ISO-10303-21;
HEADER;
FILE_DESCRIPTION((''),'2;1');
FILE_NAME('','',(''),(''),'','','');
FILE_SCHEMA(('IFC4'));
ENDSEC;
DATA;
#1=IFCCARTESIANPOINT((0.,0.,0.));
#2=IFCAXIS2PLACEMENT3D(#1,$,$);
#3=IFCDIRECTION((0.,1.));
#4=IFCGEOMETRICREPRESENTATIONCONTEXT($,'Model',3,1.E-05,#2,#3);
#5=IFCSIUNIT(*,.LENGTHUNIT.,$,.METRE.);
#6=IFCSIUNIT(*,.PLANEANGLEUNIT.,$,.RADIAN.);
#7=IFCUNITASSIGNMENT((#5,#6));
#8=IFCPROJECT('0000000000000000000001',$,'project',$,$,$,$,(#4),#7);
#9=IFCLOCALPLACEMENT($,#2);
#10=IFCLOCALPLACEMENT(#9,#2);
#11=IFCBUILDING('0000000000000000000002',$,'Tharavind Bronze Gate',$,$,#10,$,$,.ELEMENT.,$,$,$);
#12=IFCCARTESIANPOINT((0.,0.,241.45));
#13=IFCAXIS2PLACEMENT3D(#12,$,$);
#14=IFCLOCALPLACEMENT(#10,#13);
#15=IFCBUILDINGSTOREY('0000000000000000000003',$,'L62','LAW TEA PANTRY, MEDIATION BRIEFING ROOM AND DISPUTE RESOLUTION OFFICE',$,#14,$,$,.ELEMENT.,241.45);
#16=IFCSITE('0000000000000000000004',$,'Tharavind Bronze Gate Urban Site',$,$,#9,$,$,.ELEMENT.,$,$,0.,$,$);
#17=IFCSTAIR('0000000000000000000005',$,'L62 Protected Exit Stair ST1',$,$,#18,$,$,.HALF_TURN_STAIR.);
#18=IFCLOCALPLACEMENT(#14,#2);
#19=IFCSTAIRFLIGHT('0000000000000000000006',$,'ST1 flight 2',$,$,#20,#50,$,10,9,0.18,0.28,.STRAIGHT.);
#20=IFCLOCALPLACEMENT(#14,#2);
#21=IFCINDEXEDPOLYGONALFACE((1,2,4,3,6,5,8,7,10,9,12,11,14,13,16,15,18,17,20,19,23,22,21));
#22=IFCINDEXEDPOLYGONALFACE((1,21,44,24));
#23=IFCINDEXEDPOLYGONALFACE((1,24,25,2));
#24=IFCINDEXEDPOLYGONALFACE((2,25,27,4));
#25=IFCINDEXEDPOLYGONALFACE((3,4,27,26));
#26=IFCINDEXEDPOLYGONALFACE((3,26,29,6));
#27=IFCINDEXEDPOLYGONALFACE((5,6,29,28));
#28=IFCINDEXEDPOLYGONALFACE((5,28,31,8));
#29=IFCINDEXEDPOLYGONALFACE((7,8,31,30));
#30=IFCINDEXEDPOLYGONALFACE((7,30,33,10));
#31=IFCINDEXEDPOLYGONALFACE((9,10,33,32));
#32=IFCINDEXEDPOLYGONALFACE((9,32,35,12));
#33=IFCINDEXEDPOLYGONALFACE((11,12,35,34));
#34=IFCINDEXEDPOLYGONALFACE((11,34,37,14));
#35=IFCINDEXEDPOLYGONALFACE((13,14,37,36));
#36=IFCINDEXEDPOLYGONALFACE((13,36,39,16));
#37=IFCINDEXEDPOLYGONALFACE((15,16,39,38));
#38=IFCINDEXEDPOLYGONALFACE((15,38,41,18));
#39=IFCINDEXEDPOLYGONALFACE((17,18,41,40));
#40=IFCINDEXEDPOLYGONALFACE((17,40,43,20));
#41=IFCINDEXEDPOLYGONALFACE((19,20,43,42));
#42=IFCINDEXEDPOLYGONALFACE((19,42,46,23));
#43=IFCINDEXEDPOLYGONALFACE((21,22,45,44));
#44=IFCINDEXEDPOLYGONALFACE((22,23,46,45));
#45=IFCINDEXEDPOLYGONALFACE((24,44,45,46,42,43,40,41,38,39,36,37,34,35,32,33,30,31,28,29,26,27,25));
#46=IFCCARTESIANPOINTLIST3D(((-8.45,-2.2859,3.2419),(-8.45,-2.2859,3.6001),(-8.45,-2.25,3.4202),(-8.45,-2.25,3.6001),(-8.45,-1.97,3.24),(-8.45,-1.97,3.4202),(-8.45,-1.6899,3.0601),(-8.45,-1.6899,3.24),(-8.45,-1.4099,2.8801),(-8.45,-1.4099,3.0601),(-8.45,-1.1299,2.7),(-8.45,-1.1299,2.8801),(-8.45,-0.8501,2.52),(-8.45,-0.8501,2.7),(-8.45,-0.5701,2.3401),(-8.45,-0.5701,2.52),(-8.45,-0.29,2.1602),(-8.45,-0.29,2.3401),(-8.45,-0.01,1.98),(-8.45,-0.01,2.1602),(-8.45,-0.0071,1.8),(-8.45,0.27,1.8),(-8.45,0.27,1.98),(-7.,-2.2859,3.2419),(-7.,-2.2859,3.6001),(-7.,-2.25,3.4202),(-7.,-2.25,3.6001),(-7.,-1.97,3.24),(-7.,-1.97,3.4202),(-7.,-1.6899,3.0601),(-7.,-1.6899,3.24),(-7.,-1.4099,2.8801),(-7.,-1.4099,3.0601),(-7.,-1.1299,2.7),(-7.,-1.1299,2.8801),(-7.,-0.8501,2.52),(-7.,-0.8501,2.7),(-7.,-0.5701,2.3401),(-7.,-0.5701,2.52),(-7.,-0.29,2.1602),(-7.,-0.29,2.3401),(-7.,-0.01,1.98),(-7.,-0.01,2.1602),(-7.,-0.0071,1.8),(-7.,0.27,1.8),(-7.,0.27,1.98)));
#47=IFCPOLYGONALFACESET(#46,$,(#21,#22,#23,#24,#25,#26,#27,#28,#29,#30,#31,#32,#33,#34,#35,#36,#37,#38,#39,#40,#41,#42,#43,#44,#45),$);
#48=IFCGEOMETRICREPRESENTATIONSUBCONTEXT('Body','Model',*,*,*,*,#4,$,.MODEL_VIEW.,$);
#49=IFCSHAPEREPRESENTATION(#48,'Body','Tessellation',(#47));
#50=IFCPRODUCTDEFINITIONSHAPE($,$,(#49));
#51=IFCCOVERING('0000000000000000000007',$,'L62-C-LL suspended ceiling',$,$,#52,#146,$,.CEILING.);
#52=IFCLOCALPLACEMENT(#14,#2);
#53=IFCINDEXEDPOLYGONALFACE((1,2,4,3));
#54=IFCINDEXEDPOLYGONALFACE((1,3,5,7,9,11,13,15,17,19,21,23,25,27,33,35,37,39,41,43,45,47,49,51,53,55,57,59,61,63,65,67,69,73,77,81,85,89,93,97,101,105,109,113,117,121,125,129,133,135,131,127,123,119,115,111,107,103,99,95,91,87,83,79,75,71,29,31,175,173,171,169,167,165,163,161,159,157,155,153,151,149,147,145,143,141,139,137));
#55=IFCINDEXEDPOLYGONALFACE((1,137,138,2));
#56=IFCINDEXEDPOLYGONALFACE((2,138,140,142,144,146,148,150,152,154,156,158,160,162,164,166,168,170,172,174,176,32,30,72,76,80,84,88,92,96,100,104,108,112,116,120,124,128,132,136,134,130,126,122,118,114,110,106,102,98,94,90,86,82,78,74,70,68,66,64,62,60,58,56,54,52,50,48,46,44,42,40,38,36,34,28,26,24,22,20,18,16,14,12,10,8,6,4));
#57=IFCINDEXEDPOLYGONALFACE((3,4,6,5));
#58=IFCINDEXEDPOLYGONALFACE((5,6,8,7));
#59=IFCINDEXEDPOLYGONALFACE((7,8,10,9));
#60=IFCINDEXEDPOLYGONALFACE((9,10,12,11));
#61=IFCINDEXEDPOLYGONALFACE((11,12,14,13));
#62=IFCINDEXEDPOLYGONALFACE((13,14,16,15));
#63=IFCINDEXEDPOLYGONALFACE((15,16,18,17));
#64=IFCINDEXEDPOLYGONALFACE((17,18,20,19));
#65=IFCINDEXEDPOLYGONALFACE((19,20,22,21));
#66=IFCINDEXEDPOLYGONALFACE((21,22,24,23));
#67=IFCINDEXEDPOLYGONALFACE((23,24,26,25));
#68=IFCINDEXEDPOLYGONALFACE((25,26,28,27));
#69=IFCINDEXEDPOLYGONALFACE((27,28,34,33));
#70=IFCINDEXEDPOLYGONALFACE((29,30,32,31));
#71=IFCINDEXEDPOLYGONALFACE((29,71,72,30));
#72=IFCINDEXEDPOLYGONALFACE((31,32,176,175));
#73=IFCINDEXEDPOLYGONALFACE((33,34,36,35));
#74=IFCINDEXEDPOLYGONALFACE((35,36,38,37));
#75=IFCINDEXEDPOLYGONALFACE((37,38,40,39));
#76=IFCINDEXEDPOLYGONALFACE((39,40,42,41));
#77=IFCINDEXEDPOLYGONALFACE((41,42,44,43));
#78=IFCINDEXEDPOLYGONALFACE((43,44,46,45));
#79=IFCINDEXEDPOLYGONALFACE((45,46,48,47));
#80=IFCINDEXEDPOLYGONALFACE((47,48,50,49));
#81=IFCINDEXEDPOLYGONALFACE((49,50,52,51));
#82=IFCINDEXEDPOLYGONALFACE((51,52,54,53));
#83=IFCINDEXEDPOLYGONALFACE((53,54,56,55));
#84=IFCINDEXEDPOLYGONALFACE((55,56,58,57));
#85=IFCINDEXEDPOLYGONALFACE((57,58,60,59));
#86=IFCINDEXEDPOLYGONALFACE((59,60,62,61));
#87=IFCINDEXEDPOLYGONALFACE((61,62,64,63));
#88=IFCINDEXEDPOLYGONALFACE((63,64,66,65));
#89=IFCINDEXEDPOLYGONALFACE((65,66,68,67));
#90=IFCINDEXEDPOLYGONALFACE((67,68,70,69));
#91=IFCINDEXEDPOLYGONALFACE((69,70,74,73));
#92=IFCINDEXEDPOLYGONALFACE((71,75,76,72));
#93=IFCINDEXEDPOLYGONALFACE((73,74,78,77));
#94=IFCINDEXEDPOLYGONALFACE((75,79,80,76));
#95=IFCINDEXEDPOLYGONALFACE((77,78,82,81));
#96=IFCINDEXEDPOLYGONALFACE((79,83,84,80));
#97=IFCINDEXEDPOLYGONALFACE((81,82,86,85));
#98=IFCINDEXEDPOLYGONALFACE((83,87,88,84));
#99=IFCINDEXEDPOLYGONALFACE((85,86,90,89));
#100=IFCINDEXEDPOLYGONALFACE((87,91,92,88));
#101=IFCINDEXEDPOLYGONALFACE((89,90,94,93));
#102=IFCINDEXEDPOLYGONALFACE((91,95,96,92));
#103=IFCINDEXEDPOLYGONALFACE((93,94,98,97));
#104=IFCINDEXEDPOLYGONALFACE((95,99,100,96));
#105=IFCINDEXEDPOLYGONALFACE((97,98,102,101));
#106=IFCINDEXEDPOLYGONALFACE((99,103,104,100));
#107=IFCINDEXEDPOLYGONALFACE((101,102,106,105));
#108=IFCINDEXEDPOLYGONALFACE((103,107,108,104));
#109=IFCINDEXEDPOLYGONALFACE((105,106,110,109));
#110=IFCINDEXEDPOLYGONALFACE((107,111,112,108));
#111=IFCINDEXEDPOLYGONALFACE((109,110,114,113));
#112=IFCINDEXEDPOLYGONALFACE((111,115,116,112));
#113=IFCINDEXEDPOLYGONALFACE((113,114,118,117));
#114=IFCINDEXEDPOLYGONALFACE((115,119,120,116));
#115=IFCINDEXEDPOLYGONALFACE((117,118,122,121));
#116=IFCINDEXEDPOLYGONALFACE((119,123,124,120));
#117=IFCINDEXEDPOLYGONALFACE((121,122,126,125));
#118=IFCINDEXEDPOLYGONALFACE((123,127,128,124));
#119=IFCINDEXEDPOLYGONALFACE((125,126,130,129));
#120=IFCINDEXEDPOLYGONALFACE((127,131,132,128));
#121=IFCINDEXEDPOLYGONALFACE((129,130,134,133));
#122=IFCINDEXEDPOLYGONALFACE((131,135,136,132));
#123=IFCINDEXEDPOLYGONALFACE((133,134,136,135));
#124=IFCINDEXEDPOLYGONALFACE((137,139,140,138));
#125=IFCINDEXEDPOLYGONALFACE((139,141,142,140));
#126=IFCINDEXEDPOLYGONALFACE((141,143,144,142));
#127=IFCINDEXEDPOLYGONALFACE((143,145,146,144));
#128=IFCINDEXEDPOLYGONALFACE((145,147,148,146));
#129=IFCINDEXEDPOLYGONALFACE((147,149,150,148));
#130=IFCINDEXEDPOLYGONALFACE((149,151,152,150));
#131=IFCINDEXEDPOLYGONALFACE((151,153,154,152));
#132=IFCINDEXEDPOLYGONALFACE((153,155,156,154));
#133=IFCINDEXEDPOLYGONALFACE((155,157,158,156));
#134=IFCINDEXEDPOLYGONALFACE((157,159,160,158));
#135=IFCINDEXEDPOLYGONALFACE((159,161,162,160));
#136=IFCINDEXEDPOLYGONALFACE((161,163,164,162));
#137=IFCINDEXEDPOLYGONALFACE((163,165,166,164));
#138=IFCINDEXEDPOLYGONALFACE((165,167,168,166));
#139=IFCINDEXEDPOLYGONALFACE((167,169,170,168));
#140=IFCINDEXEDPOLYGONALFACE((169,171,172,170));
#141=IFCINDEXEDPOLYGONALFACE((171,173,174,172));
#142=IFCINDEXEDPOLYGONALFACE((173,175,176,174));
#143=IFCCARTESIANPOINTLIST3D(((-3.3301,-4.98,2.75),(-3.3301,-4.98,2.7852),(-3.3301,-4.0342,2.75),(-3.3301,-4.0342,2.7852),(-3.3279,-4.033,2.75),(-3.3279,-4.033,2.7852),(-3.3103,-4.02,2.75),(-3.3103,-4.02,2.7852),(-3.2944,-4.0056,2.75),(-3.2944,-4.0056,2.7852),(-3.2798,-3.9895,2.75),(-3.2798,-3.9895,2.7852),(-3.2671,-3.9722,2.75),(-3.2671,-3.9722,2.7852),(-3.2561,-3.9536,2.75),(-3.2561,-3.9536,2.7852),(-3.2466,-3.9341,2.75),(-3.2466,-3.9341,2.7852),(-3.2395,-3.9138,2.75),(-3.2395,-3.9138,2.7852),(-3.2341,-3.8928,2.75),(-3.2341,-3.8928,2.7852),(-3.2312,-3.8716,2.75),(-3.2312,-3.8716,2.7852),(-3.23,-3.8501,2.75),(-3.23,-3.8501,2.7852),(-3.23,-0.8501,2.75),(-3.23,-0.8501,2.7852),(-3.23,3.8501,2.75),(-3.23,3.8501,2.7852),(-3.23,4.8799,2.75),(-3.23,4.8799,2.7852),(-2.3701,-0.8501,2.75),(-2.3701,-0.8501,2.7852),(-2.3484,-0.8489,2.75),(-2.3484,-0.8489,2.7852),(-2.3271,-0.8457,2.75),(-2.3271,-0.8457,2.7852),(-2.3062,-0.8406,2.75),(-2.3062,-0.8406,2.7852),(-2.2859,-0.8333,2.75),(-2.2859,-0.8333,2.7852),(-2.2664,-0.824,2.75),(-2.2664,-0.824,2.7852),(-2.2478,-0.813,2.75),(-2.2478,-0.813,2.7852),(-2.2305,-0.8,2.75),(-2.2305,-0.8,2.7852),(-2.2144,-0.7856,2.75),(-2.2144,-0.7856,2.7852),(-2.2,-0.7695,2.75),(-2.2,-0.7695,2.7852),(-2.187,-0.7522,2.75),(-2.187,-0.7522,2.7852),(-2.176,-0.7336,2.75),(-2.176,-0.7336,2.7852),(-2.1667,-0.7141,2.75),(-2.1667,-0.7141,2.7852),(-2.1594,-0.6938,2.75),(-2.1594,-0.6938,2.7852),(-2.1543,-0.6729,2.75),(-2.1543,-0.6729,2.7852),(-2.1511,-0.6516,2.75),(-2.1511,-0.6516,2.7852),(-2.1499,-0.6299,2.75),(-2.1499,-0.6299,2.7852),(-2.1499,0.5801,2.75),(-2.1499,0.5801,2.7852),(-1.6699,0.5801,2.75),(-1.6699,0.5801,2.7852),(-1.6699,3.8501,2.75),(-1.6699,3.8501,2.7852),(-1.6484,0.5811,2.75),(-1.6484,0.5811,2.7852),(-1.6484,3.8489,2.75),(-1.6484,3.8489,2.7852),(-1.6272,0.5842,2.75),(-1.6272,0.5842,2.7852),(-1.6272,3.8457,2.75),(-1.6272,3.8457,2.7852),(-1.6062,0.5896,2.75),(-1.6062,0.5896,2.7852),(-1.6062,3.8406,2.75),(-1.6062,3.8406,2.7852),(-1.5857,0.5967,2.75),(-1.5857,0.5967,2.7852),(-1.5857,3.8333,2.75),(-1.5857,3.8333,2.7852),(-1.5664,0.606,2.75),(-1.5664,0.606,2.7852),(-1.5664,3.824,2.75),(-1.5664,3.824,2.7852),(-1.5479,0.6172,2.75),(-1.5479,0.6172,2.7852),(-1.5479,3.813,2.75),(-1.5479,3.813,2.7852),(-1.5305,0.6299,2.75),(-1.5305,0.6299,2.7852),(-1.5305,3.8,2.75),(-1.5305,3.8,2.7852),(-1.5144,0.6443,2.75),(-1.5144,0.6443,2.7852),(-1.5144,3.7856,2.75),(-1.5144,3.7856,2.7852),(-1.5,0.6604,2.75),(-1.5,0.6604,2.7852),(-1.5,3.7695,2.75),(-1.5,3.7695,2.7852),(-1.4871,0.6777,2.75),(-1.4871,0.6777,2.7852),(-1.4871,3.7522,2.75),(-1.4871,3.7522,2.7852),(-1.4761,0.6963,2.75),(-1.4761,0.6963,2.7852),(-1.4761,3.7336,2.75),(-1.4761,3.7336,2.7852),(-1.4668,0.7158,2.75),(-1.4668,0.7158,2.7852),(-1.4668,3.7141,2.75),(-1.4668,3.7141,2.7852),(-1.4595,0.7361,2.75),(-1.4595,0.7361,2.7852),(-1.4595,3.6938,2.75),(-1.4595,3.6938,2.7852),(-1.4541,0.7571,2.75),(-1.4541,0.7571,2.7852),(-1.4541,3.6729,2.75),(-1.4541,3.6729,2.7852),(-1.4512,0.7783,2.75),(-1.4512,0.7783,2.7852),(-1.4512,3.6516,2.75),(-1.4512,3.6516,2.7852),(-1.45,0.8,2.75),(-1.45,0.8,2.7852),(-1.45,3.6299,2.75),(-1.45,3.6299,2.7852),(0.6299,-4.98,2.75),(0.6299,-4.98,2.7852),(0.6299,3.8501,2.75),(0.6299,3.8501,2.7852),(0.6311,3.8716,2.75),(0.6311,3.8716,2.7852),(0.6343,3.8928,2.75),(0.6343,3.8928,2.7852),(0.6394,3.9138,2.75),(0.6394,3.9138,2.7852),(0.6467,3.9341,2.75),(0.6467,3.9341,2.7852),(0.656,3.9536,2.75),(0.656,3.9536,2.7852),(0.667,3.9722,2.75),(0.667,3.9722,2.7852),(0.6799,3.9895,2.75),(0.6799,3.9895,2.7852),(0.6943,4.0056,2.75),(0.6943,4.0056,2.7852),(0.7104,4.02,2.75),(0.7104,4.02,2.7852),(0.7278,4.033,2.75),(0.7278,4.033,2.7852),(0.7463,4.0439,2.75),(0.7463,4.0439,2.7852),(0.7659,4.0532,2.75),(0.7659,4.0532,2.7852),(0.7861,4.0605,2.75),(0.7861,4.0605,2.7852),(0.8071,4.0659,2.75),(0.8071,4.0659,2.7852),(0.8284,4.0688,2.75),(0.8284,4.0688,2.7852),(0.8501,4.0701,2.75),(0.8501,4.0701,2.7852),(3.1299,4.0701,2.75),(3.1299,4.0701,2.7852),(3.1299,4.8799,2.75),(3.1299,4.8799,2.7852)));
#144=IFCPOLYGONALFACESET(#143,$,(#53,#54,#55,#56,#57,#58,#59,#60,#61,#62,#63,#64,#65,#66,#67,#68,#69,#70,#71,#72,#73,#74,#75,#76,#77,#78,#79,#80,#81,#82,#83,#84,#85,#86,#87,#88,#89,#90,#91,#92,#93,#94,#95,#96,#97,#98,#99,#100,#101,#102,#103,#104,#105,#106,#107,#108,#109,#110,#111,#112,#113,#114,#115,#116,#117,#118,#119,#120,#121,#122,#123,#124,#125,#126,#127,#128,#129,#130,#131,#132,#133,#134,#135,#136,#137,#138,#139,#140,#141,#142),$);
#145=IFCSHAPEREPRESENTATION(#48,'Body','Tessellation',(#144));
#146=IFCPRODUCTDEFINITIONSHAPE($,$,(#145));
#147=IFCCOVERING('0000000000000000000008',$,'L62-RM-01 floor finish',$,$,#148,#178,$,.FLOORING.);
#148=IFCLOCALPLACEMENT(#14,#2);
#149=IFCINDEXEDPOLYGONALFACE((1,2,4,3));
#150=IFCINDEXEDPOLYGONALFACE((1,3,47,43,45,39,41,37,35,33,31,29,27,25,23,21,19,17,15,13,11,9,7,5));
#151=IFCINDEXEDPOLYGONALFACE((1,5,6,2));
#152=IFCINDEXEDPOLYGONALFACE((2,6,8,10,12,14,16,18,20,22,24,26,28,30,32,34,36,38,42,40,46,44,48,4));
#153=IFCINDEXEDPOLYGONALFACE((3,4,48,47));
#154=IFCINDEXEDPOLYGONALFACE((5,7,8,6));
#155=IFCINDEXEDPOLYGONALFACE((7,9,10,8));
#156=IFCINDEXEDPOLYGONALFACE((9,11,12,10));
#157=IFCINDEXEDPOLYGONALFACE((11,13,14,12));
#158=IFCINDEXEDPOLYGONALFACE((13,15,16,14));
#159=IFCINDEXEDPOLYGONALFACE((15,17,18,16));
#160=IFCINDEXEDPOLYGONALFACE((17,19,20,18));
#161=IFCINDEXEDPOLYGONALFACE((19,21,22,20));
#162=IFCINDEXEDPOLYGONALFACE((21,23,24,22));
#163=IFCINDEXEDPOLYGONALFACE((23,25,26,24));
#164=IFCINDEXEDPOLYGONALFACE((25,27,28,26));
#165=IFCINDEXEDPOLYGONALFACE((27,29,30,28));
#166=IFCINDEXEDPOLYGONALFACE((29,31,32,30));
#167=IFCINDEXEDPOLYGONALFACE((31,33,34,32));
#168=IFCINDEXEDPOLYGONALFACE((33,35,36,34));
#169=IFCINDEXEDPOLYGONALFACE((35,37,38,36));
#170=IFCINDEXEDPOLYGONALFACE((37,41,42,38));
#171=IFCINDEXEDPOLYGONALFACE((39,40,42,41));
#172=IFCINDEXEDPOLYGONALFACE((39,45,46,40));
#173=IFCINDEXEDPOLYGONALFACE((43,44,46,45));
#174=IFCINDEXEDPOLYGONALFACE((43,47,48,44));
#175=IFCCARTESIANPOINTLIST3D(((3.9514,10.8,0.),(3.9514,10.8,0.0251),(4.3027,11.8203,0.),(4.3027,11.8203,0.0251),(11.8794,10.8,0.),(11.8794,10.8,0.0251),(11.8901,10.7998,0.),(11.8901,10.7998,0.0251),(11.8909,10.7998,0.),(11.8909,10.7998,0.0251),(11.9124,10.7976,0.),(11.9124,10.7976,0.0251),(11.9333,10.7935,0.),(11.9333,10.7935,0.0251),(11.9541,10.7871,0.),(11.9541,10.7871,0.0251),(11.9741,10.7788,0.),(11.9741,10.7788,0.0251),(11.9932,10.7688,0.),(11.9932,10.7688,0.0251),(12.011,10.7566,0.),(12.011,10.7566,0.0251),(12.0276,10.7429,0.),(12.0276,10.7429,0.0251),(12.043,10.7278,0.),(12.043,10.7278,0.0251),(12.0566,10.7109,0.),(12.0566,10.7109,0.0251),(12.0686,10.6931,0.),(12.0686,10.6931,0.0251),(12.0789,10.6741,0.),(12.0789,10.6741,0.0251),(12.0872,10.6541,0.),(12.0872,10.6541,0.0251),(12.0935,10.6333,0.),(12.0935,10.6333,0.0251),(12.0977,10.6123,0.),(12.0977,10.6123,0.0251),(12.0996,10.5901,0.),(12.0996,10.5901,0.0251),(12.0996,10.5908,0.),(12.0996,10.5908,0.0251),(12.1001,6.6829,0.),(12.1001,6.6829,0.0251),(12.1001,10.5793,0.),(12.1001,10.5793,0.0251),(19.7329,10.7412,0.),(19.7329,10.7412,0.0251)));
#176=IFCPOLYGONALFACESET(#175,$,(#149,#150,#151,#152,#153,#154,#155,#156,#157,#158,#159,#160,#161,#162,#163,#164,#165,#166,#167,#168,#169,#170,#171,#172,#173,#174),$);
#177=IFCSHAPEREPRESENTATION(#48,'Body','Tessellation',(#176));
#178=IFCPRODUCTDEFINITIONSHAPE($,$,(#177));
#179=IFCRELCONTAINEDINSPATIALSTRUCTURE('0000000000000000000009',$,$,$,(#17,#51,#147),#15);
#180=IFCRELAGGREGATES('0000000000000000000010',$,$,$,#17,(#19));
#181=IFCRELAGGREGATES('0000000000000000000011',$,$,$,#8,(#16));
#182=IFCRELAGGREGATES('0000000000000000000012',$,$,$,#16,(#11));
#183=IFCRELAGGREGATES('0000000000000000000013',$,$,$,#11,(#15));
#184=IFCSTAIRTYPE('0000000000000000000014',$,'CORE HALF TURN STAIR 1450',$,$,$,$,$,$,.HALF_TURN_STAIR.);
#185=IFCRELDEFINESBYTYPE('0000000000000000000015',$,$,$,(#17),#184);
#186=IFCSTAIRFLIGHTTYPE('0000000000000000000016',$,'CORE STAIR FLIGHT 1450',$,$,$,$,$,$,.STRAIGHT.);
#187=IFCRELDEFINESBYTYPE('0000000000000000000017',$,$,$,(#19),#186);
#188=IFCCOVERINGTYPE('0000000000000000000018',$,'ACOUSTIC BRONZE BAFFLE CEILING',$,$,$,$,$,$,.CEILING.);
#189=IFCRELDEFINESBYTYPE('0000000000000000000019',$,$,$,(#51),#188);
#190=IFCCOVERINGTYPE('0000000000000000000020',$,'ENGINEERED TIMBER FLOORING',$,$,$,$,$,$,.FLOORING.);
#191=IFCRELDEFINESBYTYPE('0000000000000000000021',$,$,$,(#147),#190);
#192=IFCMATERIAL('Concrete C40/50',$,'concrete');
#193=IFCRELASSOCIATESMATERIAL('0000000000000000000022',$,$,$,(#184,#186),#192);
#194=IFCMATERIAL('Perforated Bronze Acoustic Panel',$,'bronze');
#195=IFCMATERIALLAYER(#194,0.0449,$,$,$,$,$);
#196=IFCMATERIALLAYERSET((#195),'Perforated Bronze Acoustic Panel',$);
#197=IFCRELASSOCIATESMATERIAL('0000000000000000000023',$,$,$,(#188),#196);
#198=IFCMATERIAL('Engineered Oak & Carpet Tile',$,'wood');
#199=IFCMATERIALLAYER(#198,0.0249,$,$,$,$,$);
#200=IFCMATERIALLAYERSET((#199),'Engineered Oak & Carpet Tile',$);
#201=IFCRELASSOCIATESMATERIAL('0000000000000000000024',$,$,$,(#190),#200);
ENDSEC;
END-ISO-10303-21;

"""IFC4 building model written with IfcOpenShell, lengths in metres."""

from ifc_helpers import new_model, si_unit, direction, frame, origin, place, context, subcontext, project, spatial, polyline, outline, extrude, material, layer, layer_set, type_object, element, aggregate, save


model = new_model("IFC4")

# Units and contexts
model_context = context("Model", 3, precision=1e-05, world=origin(), true_north=direction((0.0, 1.0)))
body_context = subcontext(model_context, "Body", "Model", "MODEL_VIEW")
ifc_project = project(units=[si_unit("LENGTHUNIT", "METRE"), si_unit("PLANEANGLEUNIT", "RADIAN")], contexts=[model_context])

# Site, building, storey
site_placement = place(None, origin())
site = spatial("IfcSite", under=ifc_project, at=site_placement, Name="Tharavind Bronze Gate Urban Site", CompositionType="ELEMENT", RefElevation=0.0)
building_placement = place(site_placement, origin())
building = spatial("IfcBuilding", under=site, at=building_placement, Name="Tharavind Bronze Gate", CompositionType="ELEMENT")
storey_placement = place(building_placement, frame((0.0, 0.0, 241.45)))
storey = spatial("IfcBuildingStorey", under=building, at=storey_placement, Name="L62", Description="LAW TEA PANTRY, MEDIATION BRIEFING ROOM AND DISPUTE RESOLUTION OFFICE", CompositionType="ELEMENT", Elevation=241.45)

# Stair
ifc_material_1 = material(Name="Concrete C40/50", Category="concrete")
stair_type = type_object("IfcStairType", Name="CORE HALF TURN STAIR 1450", PredefinedType="HALF_TURN_STAIR", material=ifc_material_1)
stair_1_placement = place(storey_placement, origin())
stair_1 = element("IfcStair", 1, at=stair_1_placement, inside=storey, type_object=stair_type, Name="L62 Protected Exit Stair ST1", PredefinedType="HALF_TURN_STAIR")

# Stair flight
stair_flight_type = type_object("IfcStairFlightType", Name="CORE STAIR FLIGHT 1450", PredefinedType="STRAIGHT", material=ifc_material_1)
stair_flight_placement = place(storey_placement, frame((-7.7251, 0.27, 1.8), z_axis=(0.0, 0.0, 1.0), x_axis=(0.0, -1.0, 0.0)))
stair_flight = element("IfcStairFlight", 2, at=stair_flight_placement, type_object=stair_flight_type, Name="ST1 flight 2", NumberOfRisers=10, NumberOfTreads=9, PredefinedType="STRAIGHT", RiserHeight=0.18, TreadLength=0.28, context=body_context, shape_type="SweptSolid", body=[
    extrude(outline(polyline([(0.0, 0.0), (0.0, 0.1799), (0.28, 0.1799), (0.28, 0.3601), (0.5601, 0.3601), (0.5601, 0.54), (0.8401, 0.54), (0.8401, 0.72), (1.1201, 0.72), (1.1201, 0.8999), (1.3999, 0.8999), (1.3999, 1.0801), (1.6799, 1.0801), (1.6799, 1.26), (1.96, 1.26), (1.96, 1.4399), (2.24, 1.4399), (2.24, 1.6201), (2.52, 1.6201), (2.52, 1.8), (2.5559, 1.8), (2.5559, 1.4419), (0.2771, 0.0), (0.0, 0.0)])), frame((0.0, 0.7251, 0.0), z_axis=(0.0, -1.0, 0.0), x_axis=(1.0, 0.0, 0.0)), (0.0, 0.0, 1.0), 1.45),
])
aggregate(stair_1, [stair_flight])

# Coverings
ifc_material_2 = material(Name="Perforated Bronze Acoustic Panel", Category="bronze")
ifc_layer_1 = layer(ifc_material_2, 0.0449)
ifc_layer_set_1 = layer_set([ifc_layer_1], Name="Perforated Bronze Acoustic Panel")
covering_type_1 = type_object("IfcCoveringType", Name="ACOUSTIC BRONZE BAFFLE CEILING", PredefinedType="CEILING", material=ifc_layer_set_1)
covering_1_placement = place(storey_placement, frame((0.0, 0.0, 2.75)))
element("IfcCovering", 3, at=covering_1_placement, inside=storey, type_object=covering_type_1, Name="L62-C-LL suspended ceiling", PredefinedType="CEILING", context=body_context, shape_type="SweptSolid", body=[
    extrude(outline(polyline([(-3.3301, -4.98), (0.6299, -4.98), (0.6299, 3.8501), (0.6311, 3.8716), (0.6343, 3.8928), (0.6394, 3.9138), (0.6467, 3.9341), (0.656, 3.9536), (0.667, 3.9722), (0.6799, 3.9895), (0.6943, 4.0056), (0.7104, 4.02), (0.7278, 4.033), (0.7463, 4.0439), (0.7659, 4.0532), (0.7861, 4.0605), (0.8071, 4.0659), (0.8284, 4.0688), (0.8501, 4.0701), (3.1299, 4.0701), (3.1299, 4.8799), (-3.23, 4.8799), (-3.23, 3.8501), (-1.6699, 3.8501), (-1.6484, 3.8489), (-1.6272, 3.8457), (-1.6062, 3.8406), (-1.5857, 3.8333), (-1.5664, 3.824), (-1.5479, 3.813), (-1.5305, 3.8), (-1.5144, 3.7856), (-1.5, 3.7695), (-1.4871, 3.7522), (-1.4761, 3.7336), (-1.4668, 3.7141), (-1.4595, 3.6938), (-1.4541, 3.6729), (-1.4512, 3.6516), (-1.45, 3.6299), (-1.45, 0.8), (-1.4512, 0.7783), (-1.4541, 0.7571), (-1.4595, 0.7361), (-1.4668, 0.7158), (-1.4761, 0.6963), (-1.4871, 0.6777), (-1.5, 0.6604), (-1.5144, 0.6443), (-1.5305, 0.6299), (-1.5479, 0.6172), (-1.5664, 0.606), (-1.5857, 0.5967), (-1.6062, 0.5896), (-1.6272, 0.5842), (-1.6484, 0.5811), (-1.6699, 0.5801), (-2.1499, 0.5801), (-2.1499, -0.6299), (-2.1511, -0.6516), (-2.1543, -0.6729), (-2.1594, -0.6938), (-2.1667, -0.7141), (-2.176, -0.7336), (-2.187, -0.7522), (-2.2, -0.7695), (-2.2144, -0.7856), (-2.2305, -0.8), (-2.2478, -0.813), (-2.2664, -0.824), (-2.2859, -0.8333), (-2.3062, -0.8406), (-2.3271, -0.8457), (-2.3484, -0.8489), (-2.3701, -0.8501), (-3.23, -0.8501), (-3.23, -3.8501), (-3.2312, -3.8716), (-3.2341, -3.8928), (-3.2395, -3.9138), (-3.2466, -3.9341), (-3.2561, -3.9536), (-3.2671, -3.9722), (-3.2798, -3.9895), (-3.2944, -4.0056), (-3.3103, -4.02), (-3.3279, -4.033), (-3.3301, -4.0342), (-3.3301, -4.98)])), origin(), (0.0, 0.0, 1.0), 0.0352),
])
ifc_material_3 = material(Name="Engineered Oak & Carpet Tile", Category="wood")
ifc_layer_2 = layer(ifc_material_3, 0.0249)
ifc_layer_set_2 = layer_set([ifc_layer_2], Name="Engineered Oak & Carpet Tile")
covering_type_2 = type_object("IfcCoveringType", Name="ENGINEERED TIMBER FLOORING", PredefinedType="FLOORING", material=ifc_layer_set_2)
covering_2_placement = place(storey_placement, origin())
element("IfcCovering", 4, at=covering_2_placement, inside=storey, type_object=covering_type_2, Name="L62-RM-01 floor finish", PredefinedType="FLOORING", context=body_context, shape_type="SweptSolid", body=[
    extrude(outline(polyline([(11.8794, 10.8), (11.8901, 10.7998), (11.8909, 10.7998), (11.9124, 10.7976), (11.9333, 10.7935), (11.9541, 10.7871), (11.9741, 10.7788), (11.9932, 10.7688), (12.011, 10.7566), (12.0276, 10.7429), (12.043, 10.7278), (12.0566, 10.7109), (12.0686, 10.6931), (12.0789, 10.6741), (12.0872, 10.6541), (12.0935, 10.6333), (12.0977, 10.6123), (12.0996, 10.5908), (12.0996, 10.5901), (12.1001, 10.5793), (12.1001, 6.6829), (19.7329, 10.7412), (4.3027, 11.8203), (3.9514, 10.8), (11.8794, 10.8)])), origin(), (0.0, 0.0, 1.0), 0.0251),
])

save(model, "model.ifc")
